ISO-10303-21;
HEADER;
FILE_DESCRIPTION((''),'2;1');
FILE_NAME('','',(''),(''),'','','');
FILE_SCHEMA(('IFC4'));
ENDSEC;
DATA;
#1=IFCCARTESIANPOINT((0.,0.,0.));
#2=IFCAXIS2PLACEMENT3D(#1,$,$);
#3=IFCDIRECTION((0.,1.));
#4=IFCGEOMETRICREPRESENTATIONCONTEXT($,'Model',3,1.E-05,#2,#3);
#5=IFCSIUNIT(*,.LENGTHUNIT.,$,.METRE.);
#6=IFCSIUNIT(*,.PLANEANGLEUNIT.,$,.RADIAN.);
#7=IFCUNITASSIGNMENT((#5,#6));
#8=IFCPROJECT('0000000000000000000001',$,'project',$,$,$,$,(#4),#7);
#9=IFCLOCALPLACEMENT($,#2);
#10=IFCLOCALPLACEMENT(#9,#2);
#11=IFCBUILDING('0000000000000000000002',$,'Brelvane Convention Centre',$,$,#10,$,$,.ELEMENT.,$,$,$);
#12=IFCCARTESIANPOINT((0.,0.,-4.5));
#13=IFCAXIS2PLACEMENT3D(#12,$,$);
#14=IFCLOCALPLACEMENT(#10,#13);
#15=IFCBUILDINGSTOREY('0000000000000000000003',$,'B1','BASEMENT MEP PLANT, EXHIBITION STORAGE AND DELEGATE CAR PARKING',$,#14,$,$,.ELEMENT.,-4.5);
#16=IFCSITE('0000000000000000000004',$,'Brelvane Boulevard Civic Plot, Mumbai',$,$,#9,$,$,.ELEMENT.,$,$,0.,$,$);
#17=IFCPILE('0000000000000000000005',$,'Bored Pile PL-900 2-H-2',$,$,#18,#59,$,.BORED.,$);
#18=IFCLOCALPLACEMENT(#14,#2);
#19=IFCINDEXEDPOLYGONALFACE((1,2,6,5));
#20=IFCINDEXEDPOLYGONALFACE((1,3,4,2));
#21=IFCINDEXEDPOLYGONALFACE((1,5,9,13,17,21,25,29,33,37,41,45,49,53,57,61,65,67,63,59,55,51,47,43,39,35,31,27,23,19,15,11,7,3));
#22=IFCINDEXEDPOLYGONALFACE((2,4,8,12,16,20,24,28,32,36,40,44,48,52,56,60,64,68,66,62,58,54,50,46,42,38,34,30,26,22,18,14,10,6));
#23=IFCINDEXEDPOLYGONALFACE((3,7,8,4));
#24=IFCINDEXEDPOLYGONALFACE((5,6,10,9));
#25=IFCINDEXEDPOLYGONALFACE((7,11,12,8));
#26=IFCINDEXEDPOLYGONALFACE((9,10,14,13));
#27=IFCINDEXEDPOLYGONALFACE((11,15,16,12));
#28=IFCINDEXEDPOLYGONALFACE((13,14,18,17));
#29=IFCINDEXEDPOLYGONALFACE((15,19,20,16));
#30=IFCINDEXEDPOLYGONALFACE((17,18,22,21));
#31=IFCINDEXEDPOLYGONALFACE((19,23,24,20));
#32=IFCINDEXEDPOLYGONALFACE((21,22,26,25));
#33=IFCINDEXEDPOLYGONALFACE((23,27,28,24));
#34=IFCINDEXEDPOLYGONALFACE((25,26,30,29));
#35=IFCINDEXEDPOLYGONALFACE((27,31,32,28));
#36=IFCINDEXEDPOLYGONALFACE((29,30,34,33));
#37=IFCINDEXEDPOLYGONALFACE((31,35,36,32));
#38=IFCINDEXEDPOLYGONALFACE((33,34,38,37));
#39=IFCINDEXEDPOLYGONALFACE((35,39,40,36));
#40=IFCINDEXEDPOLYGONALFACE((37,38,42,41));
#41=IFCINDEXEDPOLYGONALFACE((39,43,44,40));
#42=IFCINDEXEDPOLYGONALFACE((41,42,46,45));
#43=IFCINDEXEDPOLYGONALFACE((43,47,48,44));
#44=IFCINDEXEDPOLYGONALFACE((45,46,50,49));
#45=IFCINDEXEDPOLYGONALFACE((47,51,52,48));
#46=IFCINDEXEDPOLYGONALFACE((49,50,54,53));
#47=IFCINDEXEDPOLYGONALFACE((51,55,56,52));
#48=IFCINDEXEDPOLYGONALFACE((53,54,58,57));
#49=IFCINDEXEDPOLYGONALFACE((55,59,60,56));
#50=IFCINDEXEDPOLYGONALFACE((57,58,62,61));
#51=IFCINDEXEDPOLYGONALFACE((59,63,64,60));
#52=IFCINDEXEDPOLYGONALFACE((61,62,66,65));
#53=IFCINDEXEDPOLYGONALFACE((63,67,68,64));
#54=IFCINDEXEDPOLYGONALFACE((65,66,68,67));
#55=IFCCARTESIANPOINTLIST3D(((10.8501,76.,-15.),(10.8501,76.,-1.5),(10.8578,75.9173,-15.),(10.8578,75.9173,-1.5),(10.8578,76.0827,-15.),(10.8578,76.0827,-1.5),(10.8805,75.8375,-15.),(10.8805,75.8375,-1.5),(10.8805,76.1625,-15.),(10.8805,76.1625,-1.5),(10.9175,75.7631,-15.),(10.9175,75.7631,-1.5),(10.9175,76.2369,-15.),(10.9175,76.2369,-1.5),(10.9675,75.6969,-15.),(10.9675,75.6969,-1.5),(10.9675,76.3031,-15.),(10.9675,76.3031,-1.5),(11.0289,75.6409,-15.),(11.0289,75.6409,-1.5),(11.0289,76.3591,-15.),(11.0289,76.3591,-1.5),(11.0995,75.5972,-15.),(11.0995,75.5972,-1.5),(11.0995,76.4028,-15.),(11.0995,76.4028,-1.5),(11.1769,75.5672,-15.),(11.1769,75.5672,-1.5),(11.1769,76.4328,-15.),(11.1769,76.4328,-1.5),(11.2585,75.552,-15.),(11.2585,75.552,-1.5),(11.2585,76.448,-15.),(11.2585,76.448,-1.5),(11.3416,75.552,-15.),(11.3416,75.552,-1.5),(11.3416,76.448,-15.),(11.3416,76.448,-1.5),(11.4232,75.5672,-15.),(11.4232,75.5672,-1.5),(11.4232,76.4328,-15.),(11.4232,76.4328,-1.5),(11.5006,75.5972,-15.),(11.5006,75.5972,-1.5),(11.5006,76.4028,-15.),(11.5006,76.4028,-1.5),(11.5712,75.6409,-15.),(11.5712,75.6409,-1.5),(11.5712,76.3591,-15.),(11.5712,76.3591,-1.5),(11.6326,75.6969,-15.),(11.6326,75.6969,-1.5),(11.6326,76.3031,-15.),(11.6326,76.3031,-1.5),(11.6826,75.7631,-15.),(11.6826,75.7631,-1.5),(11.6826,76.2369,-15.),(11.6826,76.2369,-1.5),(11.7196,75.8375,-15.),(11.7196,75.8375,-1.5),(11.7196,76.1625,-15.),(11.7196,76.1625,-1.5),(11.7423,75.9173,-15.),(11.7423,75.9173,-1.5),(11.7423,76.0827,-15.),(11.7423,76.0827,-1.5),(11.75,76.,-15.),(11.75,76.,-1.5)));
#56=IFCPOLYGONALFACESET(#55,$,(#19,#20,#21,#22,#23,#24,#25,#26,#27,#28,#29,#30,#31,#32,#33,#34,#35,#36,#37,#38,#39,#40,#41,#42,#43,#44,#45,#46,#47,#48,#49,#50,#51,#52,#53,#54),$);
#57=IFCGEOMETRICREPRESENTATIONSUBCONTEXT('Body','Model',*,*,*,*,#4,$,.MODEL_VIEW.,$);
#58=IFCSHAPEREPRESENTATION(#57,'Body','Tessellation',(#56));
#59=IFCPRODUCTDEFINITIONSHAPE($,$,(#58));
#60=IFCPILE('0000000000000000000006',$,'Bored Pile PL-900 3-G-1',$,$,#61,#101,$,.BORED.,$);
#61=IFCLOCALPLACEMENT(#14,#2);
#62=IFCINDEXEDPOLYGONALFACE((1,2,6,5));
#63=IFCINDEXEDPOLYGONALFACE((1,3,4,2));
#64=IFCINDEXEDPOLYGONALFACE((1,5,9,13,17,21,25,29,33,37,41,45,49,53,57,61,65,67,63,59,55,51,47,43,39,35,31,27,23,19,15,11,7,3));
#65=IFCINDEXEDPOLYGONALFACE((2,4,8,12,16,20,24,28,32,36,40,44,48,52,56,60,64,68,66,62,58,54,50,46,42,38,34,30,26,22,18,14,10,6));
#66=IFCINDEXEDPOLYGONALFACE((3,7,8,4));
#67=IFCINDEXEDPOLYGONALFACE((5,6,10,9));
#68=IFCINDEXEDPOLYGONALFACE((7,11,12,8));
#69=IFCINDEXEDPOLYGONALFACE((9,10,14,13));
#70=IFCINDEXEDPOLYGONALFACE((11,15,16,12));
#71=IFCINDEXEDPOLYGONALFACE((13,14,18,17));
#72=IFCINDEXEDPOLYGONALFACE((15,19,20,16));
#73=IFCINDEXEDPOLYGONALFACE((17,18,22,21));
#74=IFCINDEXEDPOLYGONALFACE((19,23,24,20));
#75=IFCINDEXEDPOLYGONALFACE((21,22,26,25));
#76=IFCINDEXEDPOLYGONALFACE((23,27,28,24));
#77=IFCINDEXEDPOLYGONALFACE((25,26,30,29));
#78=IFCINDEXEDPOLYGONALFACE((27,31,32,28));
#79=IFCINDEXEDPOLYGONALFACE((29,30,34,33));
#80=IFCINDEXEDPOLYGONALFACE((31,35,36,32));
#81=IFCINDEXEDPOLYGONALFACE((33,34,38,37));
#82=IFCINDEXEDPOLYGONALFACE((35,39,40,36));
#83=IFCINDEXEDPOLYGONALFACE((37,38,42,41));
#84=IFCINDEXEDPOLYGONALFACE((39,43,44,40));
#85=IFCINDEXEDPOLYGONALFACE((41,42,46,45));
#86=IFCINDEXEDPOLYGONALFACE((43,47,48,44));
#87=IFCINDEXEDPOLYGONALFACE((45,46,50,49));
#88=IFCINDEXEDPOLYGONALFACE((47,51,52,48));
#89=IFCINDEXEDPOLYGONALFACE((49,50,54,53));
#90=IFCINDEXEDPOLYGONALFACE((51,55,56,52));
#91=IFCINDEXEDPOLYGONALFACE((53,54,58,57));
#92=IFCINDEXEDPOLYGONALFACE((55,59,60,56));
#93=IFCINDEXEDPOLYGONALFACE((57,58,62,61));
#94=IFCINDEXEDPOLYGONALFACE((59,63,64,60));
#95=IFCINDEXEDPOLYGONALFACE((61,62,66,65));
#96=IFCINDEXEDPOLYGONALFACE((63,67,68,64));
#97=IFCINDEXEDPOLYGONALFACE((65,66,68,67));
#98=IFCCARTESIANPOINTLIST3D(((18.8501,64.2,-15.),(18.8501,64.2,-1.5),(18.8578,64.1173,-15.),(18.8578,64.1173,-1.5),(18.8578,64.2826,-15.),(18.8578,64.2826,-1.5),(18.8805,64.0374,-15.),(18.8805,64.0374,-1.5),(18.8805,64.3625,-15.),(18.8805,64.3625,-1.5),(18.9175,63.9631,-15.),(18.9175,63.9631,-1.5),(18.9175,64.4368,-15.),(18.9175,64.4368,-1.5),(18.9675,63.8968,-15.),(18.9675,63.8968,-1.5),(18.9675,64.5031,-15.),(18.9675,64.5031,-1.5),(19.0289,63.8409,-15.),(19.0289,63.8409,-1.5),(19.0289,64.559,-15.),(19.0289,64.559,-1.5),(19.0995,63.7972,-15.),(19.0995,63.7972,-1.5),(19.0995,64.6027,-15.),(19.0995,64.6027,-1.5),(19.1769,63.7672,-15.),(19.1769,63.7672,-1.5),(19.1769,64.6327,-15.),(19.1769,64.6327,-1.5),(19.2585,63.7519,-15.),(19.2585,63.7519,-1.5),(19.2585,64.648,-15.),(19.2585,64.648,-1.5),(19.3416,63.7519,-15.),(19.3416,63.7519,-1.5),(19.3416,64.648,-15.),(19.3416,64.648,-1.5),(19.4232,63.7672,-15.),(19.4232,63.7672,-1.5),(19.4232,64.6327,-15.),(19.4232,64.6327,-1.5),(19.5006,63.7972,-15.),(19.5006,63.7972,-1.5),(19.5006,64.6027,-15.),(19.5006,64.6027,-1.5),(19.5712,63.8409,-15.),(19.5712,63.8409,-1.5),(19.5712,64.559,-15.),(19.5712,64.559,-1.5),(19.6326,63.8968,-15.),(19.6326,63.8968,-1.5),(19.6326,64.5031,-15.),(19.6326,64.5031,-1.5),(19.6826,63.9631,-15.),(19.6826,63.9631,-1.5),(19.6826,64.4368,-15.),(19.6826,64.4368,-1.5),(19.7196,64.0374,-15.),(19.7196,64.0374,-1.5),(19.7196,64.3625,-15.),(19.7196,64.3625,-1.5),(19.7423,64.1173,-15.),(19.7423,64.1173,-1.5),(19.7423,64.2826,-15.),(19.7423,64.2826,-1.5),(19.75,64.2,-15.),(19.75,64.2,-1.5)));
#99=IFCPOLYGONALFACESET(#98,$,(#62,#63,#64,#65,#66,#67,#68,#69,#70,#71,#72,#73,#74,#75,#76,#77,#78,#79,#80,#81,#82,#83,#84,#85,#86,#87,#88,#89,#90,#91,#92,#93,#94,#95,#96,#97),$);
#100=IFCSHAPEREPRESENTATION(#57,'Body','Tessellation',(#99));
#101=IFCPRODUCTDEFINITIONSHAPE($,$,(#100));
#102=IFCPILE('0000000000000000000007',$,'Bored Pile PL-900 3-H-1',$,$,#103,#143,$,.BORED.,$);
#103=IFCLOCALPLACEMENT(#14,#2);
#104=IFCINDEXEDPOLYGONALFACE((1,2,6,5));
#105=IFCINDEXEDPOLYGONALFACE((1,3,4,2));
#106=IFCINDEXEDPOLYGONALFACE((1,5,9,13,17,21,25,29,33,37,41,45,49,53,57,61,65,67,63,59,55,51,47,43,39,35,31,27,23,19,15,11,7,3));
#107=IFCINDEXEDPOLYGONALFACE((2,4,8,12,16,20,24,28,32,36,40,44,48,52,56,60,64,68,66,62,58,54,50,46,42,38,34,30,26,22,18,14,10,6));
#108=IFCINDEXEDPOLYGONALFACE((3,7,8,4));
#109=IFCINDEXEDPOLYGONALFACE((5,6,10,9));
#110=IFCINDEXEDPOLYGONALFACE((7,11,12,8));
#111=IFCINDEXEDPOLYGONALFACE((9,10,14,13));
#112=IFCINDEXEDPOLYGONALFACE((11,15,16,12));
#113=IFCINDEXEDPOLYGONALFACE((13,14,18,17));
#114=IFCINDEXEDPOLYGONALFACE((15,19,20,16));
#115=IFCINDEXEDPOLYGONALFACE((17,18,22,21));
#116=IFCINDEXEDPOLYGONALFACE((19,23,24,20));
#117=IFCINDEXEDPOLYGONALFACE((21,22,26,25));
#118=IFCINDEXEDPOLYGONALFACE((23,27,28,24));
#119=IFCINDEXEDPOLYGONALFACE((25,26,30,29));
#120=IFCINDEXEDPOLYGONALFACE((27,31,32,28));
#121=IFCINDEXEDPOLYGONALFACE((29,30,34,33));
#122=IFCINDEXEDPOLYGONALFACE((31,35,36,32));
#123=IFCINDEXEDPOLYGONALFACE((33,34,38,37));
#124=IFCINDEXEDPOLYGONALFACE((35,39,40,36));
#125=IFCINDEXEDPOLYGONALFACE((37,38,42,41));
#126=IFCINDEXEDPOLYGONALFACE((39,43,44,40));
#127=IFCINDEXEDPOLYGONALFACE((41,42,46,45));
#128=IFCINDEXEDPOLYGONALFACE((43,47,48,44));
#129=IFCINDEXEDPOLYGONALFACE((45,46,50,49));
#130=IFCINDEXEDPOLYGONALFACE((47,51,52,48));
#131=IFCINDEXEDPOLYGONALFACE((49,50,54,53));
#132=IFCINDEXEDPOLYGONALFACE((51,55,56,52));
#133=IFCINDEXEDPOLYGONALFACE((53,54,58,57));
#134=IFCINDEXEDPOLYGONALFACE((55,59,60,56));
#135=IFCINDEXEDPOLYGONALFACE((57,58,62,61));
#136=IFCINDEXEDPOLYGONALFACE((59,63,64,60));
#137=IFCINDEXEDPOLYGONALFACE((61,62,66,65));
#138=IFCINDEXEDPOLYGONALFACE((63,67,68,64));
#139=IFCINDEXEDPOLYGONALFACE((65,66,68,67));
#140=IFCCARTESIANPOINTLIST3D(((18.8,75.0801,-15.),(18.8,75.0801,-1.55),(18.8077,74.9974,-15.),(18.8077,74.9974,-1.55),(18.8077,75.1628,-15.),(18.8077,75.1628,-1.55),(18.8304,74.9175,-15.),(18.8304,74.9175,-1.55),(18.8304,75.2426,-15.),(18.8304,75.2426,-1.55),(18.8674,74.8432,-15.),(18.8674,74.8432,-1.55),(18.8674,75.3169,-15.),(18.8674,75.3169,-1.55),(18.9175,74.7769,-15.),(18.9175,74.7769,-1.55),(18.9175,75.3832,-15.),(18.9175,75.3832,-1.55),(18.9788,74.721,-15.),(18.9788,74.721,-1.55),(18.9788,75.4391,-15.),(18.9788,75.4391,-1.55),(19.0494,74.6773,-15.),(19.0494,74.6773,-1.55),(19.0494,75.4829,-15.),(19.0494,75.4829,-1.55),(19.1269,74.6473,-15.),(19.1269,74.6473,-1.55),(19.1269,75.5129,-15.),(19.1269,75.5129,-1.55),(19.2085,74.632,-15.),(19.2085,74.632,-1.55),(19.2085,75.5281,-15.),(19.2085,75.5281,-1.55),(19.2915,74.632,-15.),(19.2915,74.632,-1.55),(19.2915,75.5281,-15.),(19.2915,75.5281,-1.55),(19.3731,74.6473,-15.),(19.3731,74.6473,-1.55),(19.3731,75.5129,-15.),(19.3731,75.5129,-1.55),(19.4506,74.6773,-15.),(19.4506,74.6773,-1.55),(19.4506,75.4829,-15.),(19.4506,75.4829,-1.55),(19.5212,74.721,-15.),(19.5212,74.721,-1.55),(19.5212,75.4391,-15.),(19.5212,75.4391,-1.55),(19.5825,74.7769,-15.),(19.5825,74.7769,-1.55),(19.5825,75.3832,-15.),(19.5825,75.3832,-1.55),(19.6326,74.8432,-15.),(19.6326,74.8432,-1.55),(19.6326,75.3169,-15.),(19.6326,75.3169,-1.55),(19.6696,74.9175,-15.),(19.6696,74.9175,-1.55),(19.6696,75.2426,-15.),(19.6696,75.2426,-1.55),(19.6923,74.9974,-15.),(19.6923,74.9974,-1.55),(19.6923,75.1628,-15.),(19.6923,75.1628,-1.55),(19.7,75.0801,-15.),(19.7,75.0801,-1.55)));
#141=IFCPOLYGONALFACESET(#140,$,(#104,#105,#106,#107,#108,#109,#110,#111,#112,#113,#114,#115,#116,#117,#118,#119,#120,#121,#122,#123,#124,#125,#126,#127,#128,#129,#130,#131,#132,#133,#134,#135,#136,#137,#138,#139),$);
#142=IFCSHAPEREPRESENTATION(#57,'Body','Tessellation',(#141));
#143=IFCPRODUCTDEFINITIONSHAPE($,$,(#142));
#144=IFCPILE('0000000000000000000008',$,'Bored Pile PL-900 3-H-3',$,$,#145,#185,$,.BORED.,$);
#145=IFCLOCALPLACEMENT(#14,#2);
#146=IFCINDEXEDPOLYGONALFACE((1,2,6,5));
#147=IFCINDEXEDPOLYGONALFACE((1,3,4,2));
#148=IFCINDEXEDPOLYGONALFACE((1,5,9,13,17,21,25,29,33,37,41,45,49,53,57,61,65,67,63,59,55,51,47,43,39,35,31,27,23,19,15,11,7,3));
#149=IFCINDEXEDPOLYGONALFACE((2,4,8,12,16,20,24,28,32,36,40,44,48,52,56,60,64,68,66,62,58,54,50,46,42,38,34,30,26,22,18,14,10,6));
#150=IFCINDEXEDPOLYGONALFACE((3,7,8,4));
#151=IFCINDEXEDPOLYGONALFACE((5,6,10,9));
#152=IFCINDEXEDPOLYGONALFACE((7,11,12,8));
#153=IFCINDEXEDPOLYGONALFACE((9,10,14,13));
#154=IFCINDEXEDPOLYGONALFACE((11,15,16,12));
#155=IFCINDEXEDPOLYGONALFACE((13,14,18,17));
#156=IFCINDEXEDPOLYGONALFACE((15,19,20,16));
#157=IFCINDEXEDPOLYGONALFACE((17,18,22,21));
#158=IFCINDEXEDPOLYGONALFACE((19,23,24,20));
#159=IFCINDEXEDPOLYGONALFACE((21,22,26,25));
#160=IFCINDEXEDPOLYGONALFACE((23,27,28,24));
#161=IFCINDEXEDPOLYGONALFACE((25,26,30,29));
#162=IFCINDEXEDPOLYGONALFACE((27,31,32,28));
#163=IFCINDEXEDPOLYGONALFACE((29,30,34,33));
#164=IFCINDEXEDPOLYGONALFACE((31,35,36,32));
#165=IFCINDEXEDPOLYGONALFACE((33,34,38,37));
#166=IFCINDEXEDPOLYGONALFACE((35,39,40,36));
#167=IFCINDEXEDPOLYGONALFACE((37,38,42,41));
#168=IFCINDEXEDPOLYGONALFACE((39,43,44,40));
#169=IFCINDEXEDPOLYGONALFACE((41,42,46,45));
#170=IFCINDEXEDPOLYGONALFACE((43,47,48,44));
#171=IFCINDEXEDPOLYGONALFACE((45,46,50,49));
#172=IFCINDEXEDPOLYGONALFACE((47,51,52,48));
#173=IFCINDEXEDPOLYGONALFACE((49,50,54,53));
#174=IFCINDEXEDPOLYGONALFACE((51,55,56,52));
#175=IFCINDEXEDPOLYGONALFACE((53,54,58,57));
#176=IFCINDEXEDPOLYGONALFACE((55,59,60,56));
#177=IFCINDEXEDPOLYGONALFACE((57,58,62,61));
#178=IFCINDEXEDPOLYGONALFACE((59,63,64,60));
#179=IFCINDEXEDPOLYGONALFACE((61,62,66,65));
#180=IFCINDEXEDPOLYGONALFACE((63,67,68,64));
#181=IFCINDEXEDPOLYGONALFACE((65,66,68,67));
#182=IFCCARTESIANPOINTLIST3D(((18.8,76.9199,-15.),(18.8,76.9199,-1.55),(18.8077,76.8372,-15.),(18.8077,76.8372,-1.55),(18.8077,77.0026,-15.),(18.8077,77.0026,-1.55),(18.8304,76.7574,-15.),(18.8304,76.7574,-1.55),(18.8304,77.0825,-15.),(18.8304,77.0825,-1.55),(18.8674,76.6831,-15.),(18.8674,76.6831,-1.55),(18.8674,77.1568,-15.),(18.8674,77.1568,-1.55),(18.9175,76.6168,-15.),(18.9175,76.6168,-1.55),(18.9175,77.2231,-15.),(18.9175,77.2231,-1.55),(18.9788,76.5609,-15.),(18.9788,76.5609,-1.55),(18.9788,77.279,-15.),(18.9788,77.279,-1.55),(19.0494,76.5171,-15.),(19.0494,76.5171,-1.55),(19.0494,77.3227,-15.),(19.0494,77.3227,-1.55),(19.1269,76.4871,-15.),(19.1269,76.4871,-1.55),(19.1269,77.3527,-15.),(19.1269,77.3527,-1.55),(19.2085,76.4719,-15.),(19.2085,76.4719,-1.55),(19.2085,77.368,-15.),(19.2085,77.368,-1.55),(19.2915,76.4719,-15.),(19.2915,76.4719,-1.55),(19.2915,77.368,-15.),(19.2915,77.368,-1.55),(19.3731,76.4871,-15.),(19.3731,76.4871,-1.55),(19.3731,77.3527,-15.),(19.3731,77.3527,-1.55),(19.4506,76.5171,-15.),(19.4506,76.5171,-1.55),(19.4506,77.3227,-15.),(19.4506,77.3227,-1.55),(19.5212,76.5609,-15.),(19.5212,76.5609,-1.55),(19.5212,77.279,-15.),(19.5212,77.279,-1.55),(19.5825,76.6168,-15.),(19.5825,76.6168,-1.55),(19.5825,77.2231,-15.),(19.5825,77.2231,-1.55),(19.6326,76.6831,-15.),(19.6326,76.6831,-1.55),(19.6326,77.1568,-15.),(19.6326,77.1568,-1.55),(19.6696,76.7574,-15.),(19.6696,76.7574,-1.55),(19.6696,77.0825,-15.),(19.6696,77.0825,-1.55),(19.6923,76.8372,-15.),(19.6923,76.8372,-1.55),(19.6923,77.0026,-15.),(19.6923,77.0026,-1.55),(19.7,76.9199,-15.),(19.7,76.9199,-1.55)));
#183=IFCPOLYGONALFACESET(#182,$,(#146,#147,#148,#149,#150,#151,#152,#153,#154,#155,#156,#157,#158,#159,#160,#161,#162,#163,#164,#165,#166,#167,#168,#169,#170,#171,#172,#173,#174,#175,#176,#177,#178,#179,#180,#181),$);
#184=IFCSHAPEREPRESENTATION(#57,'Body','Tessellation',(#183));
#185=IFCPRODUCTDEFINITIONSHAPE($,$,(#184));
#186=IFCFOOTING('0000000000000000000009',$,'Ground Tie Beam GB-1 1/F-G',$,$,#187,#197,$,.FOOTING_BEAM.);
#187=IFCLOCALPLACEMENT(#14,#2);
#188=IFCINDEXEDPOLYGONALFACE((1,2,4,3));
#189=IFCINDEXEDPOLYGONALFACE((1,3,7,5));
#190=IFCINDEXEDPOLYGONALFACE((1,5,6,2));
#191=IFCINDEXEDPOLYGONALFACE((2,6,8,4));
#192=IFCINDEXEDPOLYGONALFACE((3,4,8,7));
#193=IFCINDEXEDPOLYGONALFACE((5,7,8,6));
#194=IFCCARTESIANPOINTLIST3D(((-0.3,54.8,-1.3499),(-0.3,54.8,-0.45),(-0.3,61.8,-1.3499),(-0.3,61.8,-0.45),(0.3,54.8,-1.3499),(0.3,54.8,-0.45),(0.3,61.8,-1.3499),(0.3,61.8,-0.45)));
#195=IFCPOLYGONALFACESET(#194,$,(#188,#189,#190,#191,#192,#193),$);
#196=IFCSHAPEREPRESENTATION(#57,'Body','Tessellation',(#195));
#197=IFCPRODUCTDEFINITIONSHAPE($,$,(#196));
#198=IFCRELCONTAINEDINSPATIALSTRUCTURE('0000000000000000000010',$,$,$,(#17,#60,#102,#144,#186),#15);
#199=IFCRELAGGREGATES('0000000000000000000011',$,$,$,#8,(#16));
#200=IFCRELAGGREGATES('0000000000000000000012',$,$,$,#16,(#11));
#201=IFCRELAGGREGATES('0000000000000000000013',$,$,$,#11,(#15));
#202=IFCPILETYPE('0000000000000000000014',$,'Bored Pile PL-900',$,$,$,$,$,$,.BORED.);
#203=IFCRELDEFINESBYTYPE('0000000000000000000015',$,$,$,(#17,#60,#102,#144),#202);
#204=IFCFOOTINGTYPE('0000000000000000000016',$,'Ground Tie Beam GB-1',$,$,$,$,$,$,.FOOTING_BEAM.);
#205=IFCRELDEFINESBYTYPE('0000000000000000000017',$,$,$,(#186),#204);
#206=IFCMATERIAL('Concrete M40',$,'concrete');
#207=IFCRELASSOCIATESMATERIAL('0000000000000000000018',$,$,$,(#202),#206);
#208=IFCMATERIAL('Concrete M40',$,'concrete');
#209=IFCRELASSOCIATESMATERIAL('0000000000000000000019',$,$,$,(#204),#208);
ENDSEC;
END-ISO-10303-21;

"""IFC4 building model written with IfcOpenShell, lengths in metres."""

from ifc_helpers import new_model, si_unit, direction, frame, origin, origin_2d, place, context, subcontext, project, spatial, rectangle, circle, extrude, material, material_profile, profile_set, type_object, element, save


model = new_model("IFC4")

# Units and contexts
model_context = context("Model", 3, precision=1e-05, world=origin(), true_north=direction((0.0, 1.0)))
body_context = subcontext(model_context, "Body", "Model", "MODEL_VIEW")
ifc_project = project(units=[si_unit("LENGTHUNIT", "METRE"), si_unit("PLANEANGLEUNIT", "RADIAN")], contexts=[model_context])

# Site, building, storey
site_placement = place(None, origin())
site = spatial("IfcSite", under=ifc_project, at=site_placement, Name="Brelvane Boulevard Civic Plot, Mumbai", CompositionType="ELEMENT", RefElevation=0.0)
building_placement = place(site_placement, origin())
building = spatial("IfcBuilding", under=site, at=building_placement, Name="Brelvane Convention Centre", CompositionType="ELEMENT")
storey_placement = place(building_placement, frame((0.0, 0.0, -4.5)))
storey = spatial("IfcBuildingStorey", under=building, at=storey_placement, Name="B1", Description="BASEMENT MEP PLANT, EXHIBITION STORAGE AND DELEGATE CAR PARKING", CompositionType="ELEMENT", Elevation=-4.5)

# Piles
ifc_material_1 = material(Name="Concrete M40", Category="concrete")
ifc_material_profile_1 = material_profile(ifc_material_1, circle(Radius=0.45, at=origin_2d()), Name="PILE D900")
ifc_profile_set_1 = profile_set([ifc_material_profile_1], Name="Concrete M40")
pile_type_1 = type_object("IfcPileType", Name="Bored Pile PL-900", PredefinedType="BORED", material=ifc_profile_set_1)
for number, where, z_axis, x_axis, name in (
    (1, (11.3, 76.0, -1.5), (0.0, 0.0, -1.0), (1.0, 0.0, 0.0), "Bored Pile PL-900 2-H-2"),
    (2, (19.3, 64.2, -1.5), (0.0, 0.0, -1.0), (1.0, 0.0, 0.0), "Bored Pile PL-900 3-G-1"),
):
    element("IfcPile", number, at=place(storey_placement, frame(where, z_axis=z_axis, x_axis=x_axis)), inside=storey, type_object=pile_type_1, Name=name, PredefinedType="BORED", context=body_context, shape_type="SweptSolid", body=[
        extrude(circle(Radius=0.45, at=origin_2d()), origin(), (0.0, 0.0, 1.0), 13.5),
    ])
for number, where, z_axis, x_axis, name in (
    (3, (19.25, 75.0801, -1.55), (0.0, 0.0, -1.0), (1.0, 0.0, 0.0), "Bored Pile PL-900 3-H-1"),
    (4, (19.25, 76.9199, -1.55), (0.0, 0.0, -1.0), (1.0, 0.0, 0.0), "Bored Pile PL-900 3-H-3"),
):
    element("IfcPile", number, at=place(storey_placement, frame(where, z_axis=z_axis, x_axis=x_axis)), inside=storey, type_object=pile_type_1, Name=name, PredefinedType="BORED", context=body_context, shape_type="SweptSolid", body=[
        extrude(circle(Radius=0.45, at=origin_2d()), origin(), (0.0, 0.0, 1.0), 13.45),
    ])

# Footing
ifc_material_2 = material(Name="Concrete M40", Category="concrete")
ifc_material_profile_2 = material_profile(ifc_material_2, rectangle(XDim=0.6001, YDim=0.8999, at=origin_2d()), Name="RC 600x900")
ifc_profile_set_2 = profile_set([ifc_material_profile_2], Name="Concrete M40")
footing_type_1 = type_object("IfcFootingType", Name="Ground Tie Beam GB-1", PredefinedType="FOOTING_BEAM", material=ifc_profile_set_2)
footing_1_placement = place(storey_placement, frame((0.0, 54.8, -0.8999), z_axis=(0.0, 1.0, 0.0), x_axis=(-1.0, 0.0, 0.0)))
element("IfcFooting", 5, at=footing_1_placement, inside=storey, type_object=footing_type_1, Name="Ground Tie Beam GB-1 1/F-G", PredefinedType="FOOTING_BEAM", context=body_context, shape_type="SweptSolid", body=[
    extrude(rectangle(XDim=0.6001, YDim=0.8999, at=origin_2d()), origin(), (0.0, 0.0, 1.0), 7.0),
])

save(model, "model.ifc")
